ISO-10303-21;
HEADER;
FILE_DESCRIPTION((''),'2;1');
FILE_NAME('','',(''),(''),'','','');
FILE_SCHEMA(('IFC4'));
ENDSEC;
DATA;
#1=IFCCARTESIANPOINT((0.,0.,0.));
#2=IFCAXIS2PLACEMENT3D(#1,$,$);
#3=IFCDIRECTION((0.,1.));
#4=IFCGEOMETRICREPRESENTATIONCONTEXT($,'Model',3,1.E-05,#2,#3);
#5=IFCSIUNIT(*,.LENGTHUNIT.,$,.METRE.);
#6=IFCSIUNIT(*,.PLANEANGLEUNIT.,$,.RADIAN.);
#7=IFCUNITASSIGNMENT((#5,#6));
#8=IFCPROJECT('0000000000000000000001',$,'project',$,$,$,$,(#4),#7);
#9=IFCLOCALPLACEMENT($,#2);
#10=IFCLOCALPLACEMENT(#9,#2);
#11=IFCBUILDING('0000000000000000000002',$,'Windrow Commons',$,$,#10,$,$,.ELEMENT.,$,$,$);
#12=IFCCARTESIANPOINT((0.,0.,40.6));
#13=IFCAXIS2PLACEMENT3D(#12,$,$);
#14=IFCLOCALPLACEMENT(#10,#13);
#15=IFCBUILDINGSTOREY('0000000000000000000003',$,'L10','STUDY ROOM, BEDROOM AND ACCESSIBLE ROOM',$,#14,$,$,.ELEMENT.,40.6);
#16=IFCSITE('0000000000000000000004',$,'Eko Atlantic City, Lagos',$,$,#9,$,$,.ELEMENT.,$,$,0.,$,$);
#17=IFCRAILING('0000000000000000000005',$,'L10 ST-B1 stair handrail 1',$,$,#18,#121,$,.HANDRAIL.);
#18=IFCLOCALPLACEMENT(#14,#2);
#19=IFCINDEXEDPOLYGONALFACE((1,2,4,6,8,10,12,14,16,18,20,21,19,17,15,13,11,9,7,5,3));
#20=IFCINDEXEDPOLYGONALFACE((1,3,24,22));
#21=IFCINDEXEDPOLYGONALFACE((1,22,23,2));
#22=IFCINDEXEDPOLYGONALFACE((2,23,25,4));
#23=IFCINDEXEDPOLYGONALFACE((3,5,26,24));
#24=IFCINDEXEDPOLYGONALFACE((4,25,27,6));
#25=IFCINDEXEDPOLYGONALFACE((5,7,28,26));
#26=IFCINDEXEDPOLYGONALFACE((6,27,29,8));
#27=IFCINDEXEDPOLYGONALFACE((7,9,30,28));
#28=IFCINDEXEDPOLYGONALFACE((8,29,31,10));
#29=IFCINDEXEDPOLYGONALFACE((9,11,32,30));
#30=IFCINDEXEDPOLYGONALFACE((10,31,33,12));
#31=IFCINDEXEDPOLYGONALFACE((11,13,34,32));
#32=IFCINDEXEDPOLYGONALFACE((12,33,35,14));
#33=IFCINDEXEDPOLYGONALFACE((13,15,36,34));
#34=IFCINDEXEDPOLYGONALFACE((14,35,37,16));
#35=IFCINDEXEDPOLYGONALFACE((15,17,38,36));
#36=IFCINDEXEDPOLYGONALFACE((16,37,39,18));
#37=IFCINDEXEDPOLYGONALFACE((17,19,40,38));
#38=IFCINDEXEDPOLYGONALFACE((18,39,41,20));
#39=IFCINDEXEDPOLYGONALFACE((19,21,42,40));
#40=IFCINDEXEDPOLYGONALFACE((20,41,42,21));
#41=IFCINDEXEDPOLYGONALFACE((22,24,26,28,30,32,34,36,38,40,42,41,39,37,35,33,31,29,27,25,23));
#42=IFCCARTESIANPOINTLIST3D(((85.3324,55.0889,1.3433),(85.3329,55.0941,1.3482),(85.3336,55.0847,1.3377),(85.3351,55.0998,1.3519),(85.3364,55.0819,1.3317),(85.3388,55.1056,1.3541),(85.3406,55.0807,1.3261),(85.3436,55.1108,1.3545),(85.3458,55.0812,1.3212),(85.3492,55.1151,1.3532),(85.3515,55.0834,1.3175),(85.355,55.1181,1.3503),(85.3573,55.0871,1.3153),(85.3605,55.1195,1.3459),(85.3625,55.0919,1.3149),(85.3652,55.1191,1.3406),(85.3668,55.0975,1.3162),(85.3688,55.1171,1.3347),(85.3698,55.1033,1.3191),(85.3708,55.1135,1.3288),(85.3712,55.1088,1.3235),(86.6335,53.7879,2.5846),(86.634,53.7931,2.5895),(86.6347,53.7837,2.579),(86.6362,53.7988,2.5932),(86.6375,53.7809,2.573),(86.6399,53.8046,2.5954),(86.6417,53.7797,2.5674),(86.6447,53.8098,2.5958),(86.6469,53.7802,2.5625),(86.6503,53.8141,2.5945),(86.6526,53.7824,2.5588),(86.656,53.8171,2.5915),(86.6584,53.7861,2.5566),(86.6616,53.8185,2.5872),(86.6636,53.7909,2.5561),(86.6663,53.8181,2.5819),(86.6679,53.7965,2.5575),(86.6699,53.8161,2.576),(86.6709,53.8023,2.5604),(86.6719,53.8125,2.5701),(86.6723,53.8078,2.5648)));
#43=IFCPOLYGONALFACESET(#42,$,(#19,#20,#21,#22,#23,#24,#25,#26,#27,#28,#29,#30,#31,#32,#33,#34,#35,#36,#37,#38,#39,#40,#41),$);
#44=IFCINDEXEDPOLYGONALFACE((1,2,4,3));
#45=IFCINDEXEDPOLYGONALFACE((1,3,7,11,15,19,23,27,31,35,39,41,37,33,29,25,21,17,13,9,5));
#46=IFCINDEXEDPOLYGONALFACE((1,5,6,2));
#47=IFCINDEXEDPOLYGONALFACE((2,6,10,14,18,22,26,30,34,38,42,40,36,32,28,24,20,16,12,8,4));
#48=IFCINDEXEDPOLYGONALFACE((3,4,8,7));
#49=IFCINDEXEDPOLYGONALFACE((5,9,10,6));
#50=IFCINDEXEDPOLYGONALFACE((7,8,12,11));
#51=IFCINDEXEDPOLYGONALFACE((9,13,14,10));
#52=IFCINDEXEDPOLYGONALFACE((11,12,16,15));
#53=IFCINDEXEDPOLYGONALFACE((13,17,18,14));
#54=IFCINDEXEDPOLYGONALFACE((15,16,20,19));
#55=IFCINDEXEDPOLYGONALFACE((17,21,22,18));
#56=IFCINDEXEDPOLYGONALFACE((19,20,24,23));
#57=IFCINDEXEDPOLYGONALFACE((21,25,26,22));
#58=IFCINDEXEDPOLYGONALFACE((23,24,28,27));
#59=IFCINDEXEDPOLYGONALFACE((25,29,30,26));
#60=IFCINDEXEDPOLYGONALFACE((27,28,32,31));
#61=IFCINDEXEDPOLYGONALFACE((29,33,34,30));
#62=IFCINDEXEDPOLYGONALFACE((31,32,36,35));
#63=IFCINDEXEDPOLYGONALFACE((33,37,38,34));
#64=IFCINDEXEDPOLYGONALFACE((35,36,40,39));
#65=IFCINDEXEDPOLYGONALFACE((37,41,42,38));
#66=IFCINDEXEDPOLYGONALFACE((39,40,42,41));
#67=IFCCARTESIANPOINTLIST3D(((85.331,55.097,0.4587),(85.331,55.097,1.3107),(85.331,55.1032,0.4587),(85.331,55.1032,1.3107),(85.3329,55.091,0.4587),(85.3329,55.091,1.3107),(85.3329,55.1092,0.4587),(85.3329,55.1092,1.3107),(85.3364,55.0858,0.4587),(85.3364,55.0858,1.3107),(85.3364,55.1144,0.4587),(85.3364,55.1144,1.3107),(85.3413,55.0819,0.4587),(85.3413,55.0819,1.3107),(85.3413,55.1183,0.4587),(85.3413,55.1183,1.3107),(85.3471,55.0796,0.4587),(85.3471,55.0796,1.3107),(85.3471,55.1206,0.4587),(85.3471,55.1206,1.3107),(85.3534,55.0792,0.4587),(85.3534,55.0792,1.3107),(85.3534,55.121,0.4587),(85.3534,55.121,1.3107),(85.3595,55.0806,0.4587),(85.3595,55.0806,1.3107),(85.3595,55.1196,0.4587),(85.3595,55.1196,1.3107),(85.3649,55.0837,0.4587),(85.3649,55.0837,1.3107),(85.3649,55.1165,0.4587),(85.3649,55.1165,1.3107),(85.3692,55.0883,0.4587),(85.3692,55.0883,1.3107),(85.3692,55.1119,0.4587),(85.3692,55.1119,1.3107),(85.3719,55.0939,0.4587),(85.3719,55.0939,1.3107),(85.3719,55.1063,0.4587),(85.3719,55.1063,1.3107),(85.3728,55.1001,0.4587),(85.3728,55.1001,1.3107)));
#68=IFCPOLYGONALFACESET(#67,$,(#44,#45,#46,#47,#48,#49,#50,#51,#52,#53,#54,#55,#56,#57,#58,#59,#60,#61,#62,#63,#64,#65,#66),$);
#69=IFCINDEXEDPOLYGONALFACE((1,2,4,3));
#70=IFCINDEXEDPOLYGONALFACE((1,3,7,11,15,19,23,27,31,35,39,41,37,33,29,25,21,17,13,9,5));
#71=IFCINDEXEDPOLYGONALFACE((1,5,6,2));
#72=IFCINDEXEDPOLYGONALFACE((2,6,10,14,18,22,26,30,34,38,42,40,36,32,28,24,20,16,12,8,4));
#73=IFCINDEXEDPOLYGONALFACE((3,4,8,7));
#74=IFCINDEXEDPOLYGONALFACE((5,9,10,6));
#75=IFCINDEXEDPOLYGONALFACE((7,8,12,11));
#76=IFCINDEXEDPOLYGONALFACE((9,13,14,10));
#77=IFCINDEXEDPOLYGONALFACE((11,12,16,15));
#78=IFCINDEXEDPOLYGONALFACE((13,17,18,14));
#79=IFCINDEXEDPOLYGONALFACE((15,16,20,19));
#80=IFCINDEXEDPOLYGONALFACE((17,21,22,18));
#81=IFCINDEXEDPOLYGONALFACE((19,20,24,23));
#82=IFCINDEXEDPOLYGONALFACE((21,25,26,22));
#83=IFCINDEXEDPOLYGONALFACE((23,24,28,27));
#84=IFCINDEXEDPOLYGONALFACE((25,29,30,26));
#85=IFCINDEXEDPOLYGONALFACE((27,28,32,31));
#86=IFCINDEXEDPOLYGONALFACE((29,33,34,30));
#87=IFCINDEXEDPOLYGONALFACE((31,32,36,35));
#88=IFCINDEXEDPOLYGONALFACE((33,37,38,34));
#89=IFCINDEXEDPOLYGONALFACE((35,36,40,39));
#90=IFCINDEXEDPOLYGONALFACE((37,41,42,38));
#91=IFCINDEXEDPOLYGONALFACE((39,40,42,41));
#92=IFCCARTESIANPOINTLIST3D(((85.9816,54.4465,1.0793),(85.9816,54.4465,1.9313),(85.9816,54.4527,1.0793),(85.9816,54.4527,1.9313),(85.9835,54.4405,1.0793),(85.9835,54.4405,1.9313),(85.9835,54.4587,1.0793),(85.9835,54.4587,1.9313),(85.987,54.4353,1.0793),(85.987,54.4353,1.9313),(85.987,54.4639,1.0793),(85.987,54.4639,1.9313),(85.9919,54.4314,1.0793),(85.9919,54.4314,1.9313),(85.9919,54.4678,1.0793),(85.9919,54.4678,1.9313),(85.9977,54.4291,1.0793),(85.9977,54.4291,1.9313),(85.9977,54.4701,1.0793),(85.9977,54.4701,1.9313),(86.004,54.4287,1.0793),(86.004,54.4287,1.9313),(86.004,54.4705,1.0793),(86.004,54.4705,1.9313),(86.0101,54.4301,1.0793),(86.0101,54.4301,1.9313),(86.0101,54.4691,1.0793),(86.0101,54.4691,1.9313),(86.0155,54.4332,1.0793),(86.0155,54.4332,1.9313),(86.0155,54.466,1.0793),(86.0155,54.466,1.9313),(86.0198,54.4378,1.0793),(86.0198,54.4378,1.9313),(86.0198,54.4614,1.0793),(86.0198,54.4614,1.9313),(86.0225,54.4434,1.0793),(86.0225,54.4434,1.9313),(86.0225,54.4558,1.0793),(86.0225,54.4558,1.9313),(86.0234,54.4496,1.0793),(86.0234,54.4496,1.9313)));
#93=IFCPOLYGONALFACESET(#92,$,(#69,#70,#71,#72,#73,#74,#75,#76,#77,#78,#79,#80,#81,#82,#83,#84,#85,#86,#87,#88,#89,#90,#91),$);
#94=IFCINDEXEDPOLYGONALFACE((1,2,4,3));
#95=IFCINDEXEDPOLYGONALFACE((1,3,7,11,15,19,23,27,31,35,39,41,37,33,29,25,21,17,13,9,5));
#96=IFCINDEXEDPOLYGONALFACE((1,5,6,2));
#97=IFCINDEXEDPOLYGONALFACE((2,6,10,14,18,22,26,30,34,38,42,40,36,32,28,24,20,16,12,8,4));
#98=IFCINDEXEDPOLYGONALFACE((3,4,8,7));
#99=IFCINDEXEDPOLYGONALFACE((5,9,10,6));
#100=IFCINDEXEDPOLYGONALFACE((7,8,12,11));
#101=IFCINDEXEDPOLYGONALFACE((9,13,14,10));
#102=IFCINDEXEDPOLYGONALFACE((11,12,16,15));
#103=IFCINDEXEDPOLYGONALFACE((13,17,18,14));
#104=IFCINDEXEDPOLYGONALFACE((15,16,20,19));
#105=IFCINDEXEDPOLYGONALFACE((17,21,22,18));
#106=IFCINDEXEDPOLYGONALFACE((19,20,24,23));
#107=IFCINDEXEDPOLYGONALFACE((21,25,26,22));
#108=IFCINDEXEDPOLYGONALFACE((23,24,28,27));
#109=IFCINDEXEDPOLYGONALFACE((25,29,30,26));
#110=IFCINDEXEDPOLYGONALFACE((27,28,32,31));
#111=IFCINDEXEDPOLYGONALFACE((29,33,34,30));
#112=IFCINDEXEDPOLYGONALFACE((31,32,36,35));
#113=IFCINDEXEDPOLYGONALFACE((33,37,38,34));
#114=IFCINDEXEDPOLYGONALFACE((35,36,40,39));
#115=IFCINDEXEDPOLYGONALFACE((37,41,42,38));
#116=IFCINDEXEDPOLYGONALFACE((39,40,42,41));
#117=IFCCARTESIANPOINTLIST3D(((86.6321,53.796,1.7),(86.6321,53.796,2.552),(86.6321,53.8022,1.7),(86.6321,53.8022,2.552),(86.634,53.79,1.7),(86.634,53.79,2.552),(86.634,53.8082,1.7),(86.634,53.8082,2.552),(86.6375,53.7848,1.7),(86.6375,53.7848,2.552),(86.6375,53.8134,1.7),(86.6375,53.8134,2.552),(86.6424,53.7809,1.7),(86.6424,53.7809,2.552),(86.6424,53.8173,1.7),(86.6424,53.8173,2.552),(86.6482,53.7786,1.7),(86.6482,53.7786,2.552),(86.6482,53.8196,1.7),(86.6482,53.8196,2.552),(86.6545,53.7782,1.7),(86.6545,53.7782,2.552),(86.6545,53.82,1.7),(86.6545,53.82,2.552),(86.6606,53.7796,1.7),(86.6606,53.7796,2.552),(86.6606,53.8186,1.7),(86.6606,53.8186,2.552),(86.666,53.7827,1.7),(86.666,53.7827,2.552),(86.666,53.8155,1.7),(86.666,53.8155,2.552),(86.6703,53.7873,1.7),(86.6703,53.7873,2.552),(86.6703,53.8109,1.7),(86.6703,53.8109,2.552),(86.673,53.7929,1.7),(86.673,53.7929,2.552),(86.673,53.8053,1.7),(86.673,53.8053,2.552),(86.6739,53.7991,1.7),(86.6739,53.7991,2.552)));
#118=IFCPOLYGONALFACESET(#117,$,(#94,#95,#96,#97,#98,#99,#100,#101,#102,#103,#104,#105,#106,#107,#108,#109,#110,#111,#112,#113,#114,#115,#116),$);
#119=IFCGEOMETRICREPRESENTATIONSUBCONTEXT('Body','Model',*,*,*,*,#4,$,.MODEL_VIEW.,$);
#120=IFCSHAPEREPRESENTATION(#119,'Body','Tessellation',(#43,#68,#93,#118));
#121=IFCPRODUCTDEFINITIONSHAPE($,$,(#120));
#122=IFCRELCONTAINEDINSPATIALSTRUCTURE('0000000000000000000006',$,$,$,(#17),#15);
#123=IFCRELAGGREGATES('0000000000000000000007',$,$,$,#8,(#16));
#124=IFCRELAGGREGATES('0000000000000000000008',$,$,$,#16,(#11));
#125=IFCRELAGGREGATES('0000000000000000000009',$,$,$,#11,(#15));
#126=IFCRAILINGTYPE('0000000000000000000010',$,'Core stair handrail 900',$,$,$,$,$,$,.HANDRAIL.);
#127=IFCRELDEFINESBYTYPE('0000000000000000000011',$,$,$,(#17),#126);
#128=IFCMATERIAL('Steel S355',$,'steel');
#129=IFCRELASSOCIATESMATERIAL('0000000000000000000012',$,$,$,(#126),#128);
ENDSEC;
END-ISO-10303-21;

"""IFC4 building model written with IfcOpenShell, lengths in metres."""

from ifc_helpers import new_model, si_unit, direction, frame, origin, origin_2d, place, context, subcontext, project, spatial, circle, extrude, material, type_object, element, save


model = new_model("IFC4")

# Units and contexts
model_context = context("Model", 3, precision=1e-05, world=origin(), true_north=direction((0.0, 1.0)))
body_context = subcontext(model_context, "Body", "Model", "MODEL_VIEW")
ifc_project = project(units=[si_unit("LENGTHUNIT", "METRE"), si_unit("PLANEANGLEUNIT", "RADIAN")], contexts=[model_context])

# Site, building, storey
site_placement = place(None, origin())
site = spatial("IfcSite", under=ifc_project, at=site_placement, Name="Eko Atlantic City, Lagos", CompositionType="ELEMENT", RefElevation=0.0)
building_placement = place(site_placement, origin())
building = spatial("IfcBuilding", under=site, at=building_placement, Name="Windrow Commons", CompositionType="ELEMENT")
storey_placement = place(building_placement, frame((0.0, 0.0, 40.6)))
storey = spatial("IfcBuildingStorey", under=building, at=storey_placement, Name="L10", Description="STUDY ROOM, BEDROOM AND ACCESSIBLE ROOM", CompositionType="ELEMENT", Elevation=40.6)

# Railing
ifc_material_1 = material(Name="Steel S355", Category="steel")
railing_type_1 = type_object("IfcRailingType", Name="Core stair handrail 900", PredefinedType="HANDRAIL", material=ifc_material_1)
railing_1_placement = place(storey_placement, frame((85.3518, 55.1001, 0.4587)))
element("IfcRailing", 1, at=railing_1_placement, inside=storey, type_object=railing_type_1, Name="L10 ST-B1 stair handrail 1", PredefinedType="HANDRAIL", context=body_context, shape_type="SweptSolid", body=[
    extrude(circle(Radius=0.024, at=origin_2d()), frame((0.0, 0.0, 0.876), z_axis=(0.586207, -0.586162, 0.559264), x_axis=(0.70708, 0.707134, 0.0)), (0.0, 0.0, 1.0), 2.2195),
    extrude(circle(Radius=0.021, at=origin_2d()), origin(), (0.0, 0.0, 1.0), 0.852),
    extrude(circle(Radius=0.021, at=origin_2d()), frame((0.6506, -0.6505, 0.6206)), (0.0, 0.0, 1.0), 0.852),
    extrude(circle(Radius=0.021, at=origin_2d()), frame((1.3011, -1.301, 1.2413)), (0.0, 0.0, 1.0), 0.852),
])

save(model, "model.ifc")
